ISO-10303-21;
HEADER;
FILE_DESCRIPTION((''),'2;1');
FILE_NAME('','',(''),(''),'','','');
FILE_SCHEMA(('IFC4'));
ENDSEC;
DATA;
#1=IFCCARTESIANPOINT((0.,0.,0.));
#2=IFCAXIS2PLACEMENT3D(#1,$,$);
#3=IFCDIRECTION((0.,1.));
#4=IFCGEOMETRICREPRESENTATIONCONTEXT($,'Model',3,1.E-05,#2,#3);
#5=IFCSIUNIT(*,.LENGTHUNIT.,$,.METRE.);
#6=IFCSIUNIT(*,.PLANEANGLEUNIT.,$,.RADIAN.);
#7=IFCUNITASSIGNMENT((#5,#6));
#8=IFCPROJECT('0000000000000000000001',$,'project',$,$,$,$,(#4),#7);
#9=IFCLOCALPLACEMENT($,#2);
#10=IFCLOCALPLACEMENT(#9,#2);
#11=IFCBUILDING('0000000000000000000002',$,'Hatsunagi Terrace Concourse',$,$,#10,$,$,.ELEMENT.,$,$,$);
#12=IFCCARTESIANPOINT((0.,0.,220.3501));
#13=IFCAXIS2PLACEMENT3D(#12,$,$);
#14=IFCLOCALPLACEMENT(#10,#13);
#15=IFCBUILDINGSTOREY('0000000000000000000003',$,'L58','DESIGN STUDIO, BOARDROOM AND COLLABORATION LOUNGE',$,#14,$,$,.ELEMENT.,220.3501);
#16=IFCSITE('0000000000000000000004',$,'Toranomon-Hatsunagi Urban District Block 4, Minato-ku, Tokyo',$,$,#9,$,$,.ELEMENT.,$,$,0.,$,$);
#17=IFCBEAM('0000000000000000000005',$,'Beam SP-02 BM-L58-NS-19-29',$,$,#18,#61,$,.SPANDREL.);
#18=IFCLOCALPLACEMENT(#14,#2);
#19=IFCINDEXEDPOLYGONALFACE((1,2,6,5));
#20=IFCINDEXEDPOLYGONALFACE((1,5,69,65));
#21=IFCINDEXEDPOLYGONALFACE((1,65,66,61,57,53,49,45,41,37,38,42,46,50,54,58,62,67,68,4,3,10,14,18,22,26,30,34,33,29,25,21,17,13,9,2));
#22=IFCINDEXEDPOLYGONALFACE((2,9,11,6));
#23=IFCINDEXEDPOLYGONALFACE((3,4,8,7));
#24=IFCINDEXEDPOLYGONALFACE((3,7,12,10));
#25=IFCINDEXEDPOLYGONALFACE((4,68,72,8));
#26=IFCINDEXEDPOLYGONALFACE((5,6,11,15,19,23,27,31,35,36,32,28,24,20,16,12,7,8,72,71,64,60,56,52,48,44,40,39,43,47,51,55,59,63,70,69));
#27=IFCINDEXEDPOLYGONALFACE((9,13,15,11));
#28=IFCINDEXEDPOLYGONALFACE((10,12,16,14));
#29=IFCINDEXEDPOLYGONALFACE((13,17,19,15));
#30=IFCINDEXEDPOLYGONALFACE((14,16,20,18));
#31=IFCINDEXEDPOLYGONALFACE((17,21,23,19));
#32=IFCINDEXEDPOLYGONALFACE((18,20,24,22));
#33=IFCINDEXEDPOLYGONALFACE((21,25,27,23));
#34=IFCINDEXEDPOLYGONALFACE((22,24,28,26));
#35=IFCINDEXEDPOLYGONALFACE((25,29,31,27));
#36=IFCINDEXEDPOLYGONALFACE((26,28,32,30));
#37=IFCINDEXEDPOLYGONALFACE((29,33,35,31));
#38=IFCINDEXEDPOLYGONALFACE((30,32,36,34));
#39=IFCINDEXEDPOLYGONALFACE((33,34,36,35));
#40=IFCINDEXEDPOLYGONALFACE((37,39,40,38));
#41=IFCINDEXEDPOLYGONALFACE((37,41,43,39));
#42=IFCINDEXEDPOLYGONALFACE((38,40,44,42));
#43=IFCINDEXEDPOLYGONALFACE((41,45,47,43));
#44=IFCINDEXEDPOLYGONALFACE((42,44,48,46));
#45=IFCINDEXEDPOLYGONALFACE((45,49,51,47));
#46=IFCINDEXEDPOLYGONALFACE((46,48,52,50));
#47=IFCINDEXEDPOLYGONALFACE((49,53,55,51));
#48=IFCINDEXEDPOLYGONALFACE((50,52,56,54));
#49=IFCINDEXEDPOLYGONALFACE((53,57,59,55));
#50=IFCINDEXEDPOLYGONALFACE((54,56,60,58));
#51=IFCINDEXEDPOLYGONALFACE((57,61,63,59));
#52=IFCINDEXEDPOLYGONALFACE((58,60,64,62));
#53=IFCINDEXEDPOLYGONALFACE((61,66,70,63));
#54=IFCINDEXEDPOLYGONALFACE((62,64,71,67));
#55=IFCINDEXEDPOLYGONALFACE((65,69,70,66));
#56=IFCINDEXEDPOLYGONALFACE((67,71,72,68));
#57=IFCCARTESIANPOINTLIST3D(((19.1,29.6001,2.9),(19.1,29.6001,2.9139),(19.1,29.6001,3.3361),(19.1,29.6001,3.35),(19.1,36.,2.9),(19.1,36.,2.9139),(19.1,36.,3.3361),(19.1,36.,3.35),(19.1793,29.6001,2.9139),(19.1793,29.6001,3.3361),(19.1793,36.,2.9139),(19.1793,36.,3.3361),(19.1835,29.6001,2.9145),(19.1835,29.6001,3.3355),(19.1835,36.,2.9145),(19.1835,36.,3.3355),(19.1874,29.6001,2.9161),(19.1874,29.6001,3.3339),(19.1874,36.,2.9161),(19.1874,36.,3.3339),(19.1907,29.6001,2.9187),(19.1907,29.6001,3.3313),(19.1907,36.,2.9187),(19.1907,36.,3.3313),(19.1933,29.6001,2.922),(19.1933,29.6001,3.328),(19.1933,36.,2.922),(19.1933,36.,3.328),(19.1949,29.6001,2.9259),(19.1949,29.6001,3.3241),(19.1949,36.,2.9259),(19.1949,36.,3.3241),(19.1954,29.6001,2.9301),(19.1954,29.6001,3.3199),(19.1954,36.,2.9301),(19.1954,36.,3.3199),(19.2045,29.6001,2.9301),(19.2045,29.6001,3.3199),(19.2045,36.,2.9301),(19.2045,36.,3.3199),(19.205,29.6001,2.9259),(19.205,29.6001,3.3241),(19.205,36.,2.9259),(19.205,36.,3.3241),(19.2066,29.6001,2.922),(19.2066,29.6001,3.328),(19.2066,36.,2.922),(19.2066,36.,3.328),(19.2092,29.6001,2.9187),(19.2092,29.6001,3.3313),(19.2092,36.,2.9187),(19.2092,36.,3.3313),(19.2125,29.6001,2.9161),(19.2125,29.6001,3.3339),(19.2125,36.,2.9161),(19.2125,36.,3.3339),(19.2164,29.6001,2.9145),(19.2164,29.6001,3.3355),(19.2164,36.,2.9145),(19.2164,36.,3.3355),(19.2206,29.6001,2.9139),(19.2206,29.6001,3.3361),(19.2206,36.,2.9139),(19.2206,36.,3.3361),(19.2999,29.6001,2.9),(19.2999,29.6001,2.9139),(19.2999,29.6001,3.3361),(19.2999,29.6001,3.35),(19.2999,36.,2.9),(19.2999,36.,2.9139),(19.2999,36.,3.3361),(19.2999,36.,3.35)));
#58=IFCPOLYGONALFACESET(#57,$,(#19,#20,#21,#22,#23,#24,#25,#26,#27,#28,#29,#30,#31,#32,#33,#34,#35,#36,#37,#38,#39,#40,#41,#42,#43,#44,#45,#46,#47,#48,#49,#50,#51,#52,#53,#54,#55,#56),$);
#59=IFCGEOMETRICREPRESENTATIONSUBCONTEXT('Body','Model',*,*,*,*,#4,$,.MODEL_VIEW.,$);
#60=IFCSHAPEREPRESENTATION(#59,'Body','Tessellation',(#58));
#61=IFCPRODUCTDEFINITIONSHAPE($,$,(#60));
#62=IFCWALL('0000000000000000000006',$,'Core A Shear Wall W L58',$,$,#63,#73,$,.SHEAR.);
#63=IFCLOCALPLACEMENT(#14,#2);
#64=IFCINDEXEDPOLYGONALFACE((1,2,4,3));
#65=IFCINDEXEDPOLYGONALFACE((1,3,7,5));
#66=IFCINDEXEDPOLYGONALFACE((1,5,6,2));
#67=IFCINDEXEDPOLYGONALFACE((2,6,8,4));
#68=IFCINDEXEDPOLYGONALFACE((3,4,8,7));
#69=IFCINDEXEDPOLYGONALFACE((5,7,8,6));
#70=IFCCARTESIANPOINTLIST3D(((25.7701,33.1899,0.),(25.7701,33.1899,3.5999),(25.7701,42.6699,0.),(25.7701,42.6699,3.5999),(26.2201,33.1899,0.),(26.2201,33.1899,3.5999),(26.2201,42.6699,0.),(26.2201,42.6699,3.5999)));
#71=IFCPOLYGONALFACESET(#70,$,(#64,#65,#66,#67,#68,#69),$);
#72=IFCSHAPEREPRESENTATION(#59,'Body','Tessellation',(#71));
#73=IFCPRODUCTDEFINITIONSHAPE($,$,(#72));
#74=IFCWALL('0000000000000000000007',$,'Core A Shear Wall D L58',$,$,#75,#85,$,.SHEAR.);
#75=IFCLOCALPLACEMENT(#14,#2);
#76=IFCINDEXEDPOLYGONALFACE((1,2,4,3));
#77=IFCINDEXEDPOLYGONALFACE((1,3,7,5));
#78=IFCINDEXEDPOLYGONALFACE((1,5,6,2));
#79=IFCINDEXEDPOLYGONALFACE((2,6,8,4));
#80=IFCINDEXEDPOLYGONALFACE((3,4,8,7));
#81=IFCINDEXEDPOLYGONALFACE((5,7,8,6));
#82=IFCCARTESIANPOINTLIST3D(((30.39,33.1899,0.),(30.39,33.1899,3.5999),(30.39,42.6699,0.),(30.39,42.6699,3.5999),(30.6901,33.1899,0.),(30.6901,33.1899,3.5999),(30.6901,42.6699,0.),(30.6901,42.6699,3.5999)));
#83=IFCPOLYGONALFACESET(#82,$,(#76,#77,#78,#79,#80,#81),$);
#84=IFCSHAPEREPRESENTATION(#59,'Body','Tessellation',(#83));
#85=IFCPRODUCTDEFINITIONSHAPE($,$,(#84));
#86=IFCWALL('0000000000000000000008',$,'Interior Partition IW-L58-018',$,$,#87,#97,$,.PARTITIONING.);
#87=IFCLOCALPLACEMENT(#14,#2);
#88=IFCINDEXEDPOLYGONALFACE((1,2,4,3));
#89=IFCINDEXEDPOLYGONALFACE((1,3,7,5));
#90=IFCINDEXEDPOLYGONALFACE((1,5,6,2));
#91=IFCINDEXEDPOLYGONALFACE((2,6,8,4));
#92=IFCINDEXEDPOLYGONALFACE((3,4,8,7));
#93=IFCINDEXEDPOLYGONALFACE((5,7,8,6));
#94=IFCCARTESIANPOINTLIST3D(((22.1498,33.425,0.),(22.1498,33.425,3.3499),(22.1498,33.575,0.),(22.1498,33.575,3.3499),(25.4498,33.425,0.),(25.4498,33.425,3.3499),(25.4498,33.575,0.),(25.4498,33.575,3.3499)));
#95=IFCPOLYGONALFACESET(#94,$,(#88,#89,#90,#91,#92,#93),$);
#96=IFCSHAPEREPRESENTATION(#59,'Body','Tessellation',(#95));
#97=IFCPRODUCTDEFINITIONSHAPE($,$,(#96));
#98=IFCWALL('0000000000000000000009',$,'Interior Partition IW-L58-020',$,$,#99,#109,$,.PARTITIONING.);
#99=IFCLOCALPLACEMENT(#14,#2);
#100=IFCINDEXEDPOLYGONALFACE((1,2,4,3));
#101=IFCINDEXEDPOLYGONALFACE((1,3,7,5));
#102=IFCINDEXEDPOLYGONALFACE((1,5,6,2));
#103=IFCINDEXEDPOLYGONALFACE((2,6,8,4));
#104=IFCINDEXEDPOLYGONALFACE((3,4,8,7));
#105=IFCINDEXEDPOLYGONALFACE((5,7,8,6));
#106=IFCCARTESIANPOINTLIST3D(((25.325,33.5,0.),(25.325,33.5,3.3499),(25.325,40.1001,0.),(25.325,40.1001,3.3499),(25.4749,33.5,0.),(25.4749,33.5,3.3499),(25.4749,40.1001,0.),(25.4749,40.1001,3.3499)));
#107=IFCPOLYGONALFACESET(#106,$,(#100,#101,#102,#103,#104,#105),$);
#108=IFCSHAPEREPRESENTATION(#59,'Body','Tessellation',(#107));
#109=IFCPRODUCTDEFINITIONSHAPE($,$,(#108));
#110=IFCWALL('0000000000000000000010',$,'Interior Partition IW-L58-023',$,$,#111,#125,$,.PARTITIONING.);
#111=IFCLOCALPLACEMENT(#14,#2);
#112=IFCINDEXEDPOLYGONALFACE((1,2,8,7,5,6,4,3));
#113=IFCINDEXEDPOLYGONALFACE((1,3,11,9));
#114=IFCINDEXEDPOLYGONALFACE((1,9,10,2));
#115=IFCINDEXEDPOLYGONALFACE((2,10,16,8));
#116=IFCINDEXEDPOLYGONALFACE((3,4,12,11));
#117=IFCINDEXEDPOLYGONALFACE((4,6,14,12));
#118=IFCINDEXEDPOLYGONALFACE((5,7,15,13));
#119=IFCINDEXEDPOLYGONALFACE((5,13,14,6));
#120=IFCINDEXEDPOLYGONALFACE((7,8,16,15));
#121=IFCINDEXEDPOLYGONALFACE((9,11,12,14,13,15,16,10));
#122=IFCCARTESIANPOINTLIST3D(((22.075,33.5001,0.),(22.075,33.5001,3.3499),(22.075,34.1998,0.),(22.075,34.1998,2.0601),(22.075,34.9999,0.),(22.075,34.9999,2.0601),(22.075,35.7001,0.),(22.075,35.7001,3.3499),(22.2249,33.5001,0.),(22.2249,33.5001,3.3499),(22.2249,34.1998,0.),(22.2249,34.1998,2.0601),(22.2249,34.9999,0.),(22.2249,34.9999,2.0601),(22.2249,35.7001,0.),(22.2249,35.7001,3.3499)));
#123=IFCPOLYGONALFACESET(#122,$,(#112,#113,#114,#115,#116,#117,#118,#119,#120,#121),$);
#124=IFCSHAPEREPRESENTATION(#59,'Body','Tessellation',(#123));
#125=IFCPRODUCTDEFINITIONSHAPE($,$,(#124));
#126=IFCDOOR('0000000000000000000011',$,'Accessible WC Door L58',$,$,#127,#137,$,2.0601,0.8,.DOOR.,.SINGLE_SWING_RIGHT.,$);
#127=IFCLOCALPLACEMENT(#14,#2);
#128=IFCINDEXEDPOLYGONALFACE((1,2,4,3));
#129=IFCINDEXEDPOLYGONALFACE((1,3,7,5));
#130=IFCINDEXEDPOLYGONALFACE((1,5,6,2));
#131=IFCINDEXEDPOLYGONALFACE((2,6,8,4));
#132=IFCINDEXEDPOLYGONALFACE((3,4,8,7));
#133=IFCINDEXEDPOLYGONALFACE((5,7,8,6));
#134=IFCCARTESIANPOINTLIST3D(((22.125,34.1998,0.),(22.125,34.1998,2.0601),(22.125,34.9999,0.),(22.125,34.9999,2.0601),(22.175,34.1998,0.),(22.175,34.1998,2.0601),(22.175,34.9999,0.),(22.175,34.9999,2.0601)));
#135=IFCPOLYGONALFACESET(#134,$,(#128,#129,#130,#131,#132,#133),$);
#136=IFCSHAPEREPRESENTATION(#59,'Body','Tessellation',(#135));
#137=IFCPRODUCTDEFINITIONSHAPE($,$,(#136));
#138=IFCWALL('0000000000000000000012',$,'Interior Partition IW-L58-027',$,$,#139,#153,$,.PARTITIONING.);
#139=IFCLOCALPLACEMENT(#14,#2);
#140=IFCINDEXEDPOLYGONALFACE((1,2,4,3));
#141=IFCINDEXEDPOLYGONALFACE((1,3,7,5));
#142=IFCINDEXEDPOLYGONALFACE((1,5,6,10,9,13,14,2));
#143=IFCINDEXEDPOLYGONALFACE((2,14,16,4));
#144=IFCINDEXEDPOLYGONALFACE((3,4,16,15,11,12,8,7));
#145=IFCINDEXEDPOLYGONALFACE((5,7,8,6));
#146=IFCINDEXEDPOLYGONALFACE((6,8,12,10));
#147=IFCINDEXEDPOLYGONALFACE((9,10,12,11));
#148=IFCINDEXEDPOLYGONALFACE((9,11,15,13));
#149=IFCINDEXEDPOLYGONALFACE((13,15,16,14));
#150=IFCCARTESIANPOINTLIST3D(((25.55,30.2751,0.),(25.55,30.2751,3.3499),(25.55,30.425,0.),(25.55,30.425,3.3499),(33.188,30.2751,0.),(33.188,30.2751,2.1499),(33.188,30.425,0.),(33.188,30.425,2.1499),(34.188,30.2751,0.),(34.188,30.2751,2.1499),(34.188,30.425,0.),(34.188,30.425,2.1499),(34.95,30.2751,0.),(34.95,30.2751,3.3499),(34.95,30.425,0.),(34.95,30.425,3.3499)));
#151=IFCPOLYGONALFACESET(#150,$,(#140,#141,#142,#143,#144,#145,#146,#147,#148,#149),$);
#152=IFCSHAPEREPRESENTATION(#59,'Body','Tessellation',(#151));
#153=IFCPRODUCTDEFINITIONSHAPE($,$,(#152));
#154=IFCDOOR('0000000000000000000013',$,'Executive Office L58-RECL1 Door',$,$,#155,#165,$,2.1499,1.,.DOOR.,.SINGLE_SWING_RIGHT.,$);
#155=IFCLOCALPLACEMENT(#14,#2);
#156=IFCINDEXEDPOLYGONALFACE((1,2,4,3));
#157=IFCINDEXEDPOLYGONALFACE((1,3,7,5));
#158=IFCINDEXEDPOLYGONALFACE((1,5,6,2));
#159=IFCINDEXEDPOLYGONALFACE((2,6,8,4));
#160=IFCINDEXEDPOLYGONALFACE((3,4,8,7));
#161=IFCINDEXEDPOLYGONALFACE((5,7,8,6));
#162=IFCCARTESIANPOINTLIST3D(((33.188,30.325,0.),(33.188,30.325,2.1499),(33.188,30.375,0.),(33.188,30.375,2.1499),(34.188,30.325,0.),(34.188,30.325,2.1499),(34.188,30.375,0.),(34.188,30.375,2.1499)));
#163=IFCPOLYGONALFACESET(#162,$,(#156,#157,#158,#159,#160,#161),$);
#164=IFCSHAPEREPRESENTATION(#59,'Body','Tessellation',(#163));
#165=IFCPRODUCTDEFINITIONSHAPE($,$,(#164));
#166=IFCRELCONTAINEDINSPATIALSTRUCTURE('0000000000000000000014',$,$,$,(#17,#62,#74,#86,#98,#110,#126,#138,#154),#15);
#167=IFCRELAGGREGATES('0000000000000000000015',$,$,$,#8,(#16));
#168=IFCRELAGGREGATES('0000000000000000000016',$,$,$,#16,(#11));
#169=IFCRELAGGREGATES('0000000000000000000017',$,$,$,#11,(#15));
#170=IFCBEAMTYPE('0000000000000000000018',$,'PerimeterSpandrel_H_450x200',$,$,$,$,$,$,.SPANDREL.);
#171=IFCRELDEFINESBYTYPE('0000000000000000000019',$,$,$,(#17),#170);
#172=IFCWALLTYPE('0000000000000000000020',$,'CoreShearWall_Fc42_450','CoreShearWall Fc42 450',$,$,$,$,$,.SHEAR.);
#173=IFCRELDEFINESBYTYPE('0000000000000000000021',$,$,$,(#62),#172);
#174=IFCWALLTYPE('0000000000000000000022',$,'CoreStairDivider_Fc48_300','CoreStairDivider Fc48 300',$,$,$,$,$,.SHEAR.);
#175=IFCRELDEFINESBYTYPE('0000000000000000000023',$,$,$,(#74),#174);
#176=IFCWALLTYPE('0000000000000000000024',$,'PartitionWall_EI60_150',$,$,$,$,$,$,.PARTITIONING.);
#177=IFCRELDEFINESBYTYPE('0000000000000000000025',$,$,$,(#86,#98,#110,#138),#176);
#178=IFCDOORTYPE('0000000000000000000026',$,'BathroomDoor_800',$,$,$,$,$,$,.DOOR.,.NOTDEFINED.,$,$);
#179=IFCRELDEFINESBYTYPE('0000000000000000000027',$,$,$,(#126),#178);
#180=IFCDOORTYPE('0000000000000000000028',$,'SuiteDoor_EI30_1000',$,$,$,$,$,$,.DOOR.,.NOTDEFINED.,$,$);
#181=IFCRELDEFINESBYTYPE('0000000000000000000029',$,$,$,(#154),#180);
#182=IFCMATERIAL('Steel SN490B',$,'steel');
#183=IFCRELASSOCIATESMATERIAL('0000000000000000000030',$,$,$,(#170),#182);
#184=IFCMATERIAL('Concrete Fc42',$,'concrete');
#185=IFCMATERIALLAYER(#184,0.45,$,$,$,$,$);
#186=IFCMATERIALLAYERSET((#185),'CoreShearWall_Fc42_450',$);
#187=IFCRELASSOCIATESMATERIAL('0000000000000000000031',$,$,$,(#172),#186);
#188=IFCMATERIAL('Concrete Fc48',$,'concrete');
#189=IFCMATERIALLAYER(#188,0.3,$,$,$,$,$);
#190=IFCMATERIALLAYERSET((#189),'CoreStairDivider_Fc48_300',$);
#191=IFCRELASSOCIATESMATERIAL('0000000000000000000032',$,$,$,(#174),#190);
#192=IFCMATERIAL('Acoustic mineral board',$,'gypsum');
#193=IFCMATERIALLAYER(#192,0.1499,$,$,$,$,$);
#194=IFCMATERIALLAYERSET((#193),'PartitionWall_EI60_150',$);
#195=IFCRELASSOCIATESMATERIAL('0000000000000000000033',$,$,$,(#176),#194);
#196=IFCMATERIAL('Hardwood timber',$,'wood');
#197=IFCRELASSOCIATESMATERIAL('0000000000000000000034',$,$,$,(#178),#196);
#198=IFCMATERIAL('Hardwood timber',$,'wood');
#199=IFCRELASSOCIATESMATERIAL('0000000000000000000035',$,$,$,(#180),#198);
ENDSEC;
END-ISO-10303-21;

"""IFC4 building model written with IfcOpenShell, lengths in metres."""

from ifc_helpers import new_model, si_unit, direction, frame, frame_2d, origin, origin_2d, place, context, subcontext, project, spatial, rectangle, i_section, extrude, material, layer, layer_set, material_profile, profile_set, type_object, element, fill, save


model = new_model("IFC4")

# Units and contexts
model_context = context("Model", 3, precision=1e-05, world=origin(), true_north=direction((0.0, 1.0)))
body_context = subcontext(model_context, "Body", "Model", "MODEL_VIEW")
ifc_project = project(units=[si_unit("LENGTHUNIT", "METRE"), si_unit("PLANEANGLEUNIT", "RADIAN")], contexts=[model_context])

# Site, building, storey
site_placement = place(None, origin())
site = spatial("IfcSite", under=ifc_project, at=site_placement, Name="Toranomon-Hatsunagi Urban District Block 4, Minato-ku, Tokyo", CompositionType="ELEMENT", RefElevation=0.0)
building_placement = place(site_placement, origin())
building = spatial("IfcBuilding", under=site, at=building_placement, Name="Hatsunagi Terrace Concourse", CompositionType="ELEMENT")
storey_placement = place(building_placement, frame((0.0, 0.0, 220.3501)))
storey = spatial("IfcBuildingStorey", under=building, at=storey_placement, Name="L58", Description="DESIGN STUDIO, BOARDROOM AND COLLABORATION LOUNGE", CompositionType="ELEMENT", Elevation=220.3501)

# Beam
ifc_material_1 = material(Name="Steel SN490B", Category="steel")
ifc_material_profile_1 = material_profile(ifc_material_1, i_section(OverallWidth=0.2, OverallDepth=0.45, WebThickness=0.009, FlangeThickness=0.0139, FilletRadius=0.0161, at=origin_2d()), Name="H-450x200x9x14")
ifc_profile_set_1 = profile_set([ifc_material_profile_1], Name="Steel SN490B")
beam_type_1 = type_object("IfcBeamType", Name="PerimeterSpandrel_H_450x200", PredefinedType="SPANDREL", material=ifc_profile_set_1)
beam_placement = place(storey_placement, frame((19.2, 29.6001, 3.125), z_axis=(0.0, 1.0, 0.0), x_axis=(-1.0, 0.0, 0.0)))
element("IfcBeam", 1, at=beam_placement, inside=storey, type_object=beam_type_1, Name="Beam SP-02 BM-L58-NS-19-29", PredefinedType="SPANDREL", context=body_context, shape_type="SweptSolid", body=[
    extrude(i_section(OverallWidth=0.2, OverallDepth=0.45, WebThickness=0.009, FlangeThickness=0.0139, FilletRadius=0.0161, at=origin_2d()), origin(), (0.0, 0.0, 1.0), 6.3999),
])

# Shared definitions
ifc_material_2 = material(Name="Concrete Fc42", Category="concrete")
ifc_layer_1 = layer(ifc_material_2, 0.45)
ifc_layer_set_1 = layer_set([ifc_layer_1], Name="CoreShearWall_Fc42_450")
wall_type_1 = type_object("IfcWallType", Name="CoreShearWall_Fc42_450", Description="CoreShearWall Fc42 450", PredefinedType="SHEAR", material=ifc_layer_set_1)

# Walls
wall_1_placement = place(storey_placement, frame((25.9951, 33.1899, 0.0), z_axis=(0.0, 0.0, 1.0), x_axis=(0.0, 1.0, 0.0)))
element("IfcWall", 2, at=wall_1_placement, inside=storey, type_object=wall_type_1, Name="Core A Shear Wall W L58", PredefinedType="SHEAR", context=body_context, shape_type="SweptSolid", body=[
    extrude(rectangle(XDim=9.48, YDim=0.45, at=frame_2d((4.74, 0.0))), origin(), (0.0, 0.0, 1.0), 3.5999),
])
ifc_material_3 = material(Name="Concrete Fc48", Category="concrete")
ifc_layer_2 = layer(ifc_material_3, 0.3)
ifc_layer_set_2 = layer_set([ifc_layer_2], Name="CoreStairDivider_Fc48_300")
wall_type_2 = type_object("IfcWallType", Name="CoreStairDivider_Fc48_300", Description="CoreStairDivider Fc48 300", PredefinedType="SHEAR", material=ifc_layer_set_2)
wall_2_placement = place(storey_placement, frame((30.54, 33.1899, 0.0), z_axis=(0.0, 0.0, 1.0), x_axis=(0.0, 1.0, 0.0)))
element("IfcWall", 3, at=wall_2_placement, inside=storey, type_object=wall_type_2, Name="Core A Shear Wall D L58", PredefinedType="SHEAR", context=body_context, shape_type="SweptSolid", body=[
    extrude(rectangle(XDim=9.48, YDim=0.3, at=frame_2d((4.74, 0.0))), origin(), (0.0, 0.0, 1.0), 3.5999),
])
ifc_material_4 = material(Name="Acoustic mineral board", Category="gypsum")
ifc_layer_3 = layer(ifc_material_4, 0.1499)
ifc_layer_set_3 = layer_set([ifc_layer_3], Name="PartitionWall_EI60_150")
wall_type_3 = type_object("IfcWallType", Name="PartitionWall_EI60_150", PredefinedType="PARTITIONING", material=ifc_layer_set_3)
wall_3_placement = place(storey_placement, frame((22.1499, 33.5, 0.0), z_axis=(0.0, 0.0, 1.0), x_axis=(1.0, 0.0, 0.0)))
element("IfcWall", 4, at=wall_3_placement, inside=storey, type_object=wall_type_3, Name="Interior Partition IW-L58-018", PredefinedType="PARTITIONING", context=body_context, shape_type="SweptSolid", body=[
    extrude(rectangle(XDim=3.3, YDim=0.1499, at=frame_2d((1.6499, 0.0))), origin(), (0.0, 0.0, 1.0), 3.3499),
])
wall_4_placement = place(storey_placement, frame((25.3999, 33.5, 0.0), z_axis=(0.0, 0.0, 1.0), x_axis=(0.0, 1.0, 0.0)))
element("IfcWall", 5, at=wall_4_placement, inside=storey, type_object=wall_type_3, Name="Interior Partition IW-L58-020", PredefinedType="PARTITIONING", context=body_context, shape_type="SweptSolid", body=[
    extrude(rectangle(XDim=6.6001, YDim=0.1499, at=frame_2d((3.3, 0.0))), origin(), (0.0, 0.0, 1.0), 3.3499),
])

# Walls, openings, doors
wall_5_placement = place(storey_placement, frame((22.1499, 33.5, 0.0), z_axis=(0.0, 0.0, 1.0), x_axis=(0.0, 1.0, 0.0)))
wall_5 = element("IfcWall", 6, at=wall_5_placement, inside=storey, type_object=wall_type_3, Name="Interior Partition IW-L58-023", PredefinedType="PARTITIONING", context=body_context, shape_type="SweptSolid", body=[
    extrude(rectangle(XDim=2.2, YDim=0.1499, at=frame_2d((1.1001, 0.0))), origin(), (0.0, 0.0, 1.0), 3.3499),
])
opening_1_placement = place(wall_5_placement, frame((0.7, 0.0, 0.0)))
opening_1 = element("IfcOpeningElement", 7, at=opening_1_placement, cuts=wall_5, PredefinedType="OPENING", context=body_context, shape_type="SweptSolid", body=[
    extrude(rectangle(XDim=0.8, YDim=2.0601, at=frame_2d((0.3999, 1.03))), frame((0.0, 0.085, 0.0), z_axis=(0.0, -1.0, 0.0), x_axis=(1.0, 0.0, 0.0)), (0.0, 0.0, 1.0), 0.1699),
])
ifc_material_5 = material(Name="Hardwood timber", Category="wood")
door_type_1 = type_object("IfcDoorType", Name="BathroomDoor_800", OperationType="NOTDEFINED", PredefinedType="DOOR", material=ifc_material_5)
door_1_placement = place(opening_1_placement, origin())
door_1 = element("IfcDoor", 8, at=door_1_placement, inside=storey, type_object=door_type_1, Name="Accessible WC Door L58", OperationType="SINGLE_SWING_RIGHT", OverallHeight=2.0601, OverallWidth=0.8, PredefinedType="DOOR", context=body_context, shape_type="SweptSolid", body=[
    extrude(rectangle(XDim=0.8, YDim=2.0601, at=frame_2d((0.3999, 1.03))), frame((0.0, 0.0249, 0.0), z_axis=(0.0, -1.0, 0.0), x_axis=(1.0, 0.0, 0.0)), (0.0, 0.0, 1.0), 0.05),
])
fill(opening_1, door_1)
wall_6_placement = place(storey_placement, frame((25.55, 30.3501, 0.0), z_axis=(0.0, 0.0, 1.0), x_axis=(1.0, 0.0, 0.0)))
wall_6 = element("IfcWall", 9, at=wall_6_placement, inside=storey, type_object=wall_type_3, Name="Interior Partition IW-L58-027", PredefinedType="PARTITIONING", context=body_context, shape_type="SweptSolid", body=[
    extrude(rectangle(XDim=9.3999, YDim=0.1499, at=frame_2d((4.7, 0.0))), origin(), (0.0, 0.0, 1.0), 3.3499),
])
opening_2_placement = place(wall_6_placement, frame((7.6379, 0.0, 0.0)))
opening_2 = element("IfcOpeningElement", 10, at=opening_2_placement, cuts=wall_6, PredefinedType="OPENING", context=body_context, shape_type="SweptSolid", body=[
    extrude(rectangle(XDim=1.0, YDim=2.1499, at=frame_2d((0.5, 1.075))), frame((0.0, 0.085, 0.0), z_axis=(0.0, -1.0, 0.0), x_axis=(1.0, 0.0, 0.0)), (0.0, 0.0, 1.0), 0.1699),
])
ifc_material_6 = material(Name="Hardwood timber", Category="wood")
door_type_2 = type_object("IfcDoorType", Name="SuiteDoor_EI30_1000", OperationType="NOTDEFINED", PredefinedType="DOOR", material=ifc_material_6)
door_2_placement = place(opening_2_placement, origin())
door_2 = element("IfcDoor", 11, at=door_2_placement, inside=storey, type_object=door_type_2, Name="Executive Office L58-RECL1 Door", OperationType="SINGLE_SWING_RIGHT", OverallHeight=2.1499, OverallWidth=1.0, PredefinedType="DOOR", context=body_context, shape_type="SweptSolid", body=[
    extrude(rectangle(XDim=1.0, YDim=2.1499, at=frame_2d((0.5, 1.075))), frame((0.0, 0.0249, 0.0), z_axis=(0.0, -1.0, 0.0), x_axis=(1.0, 0.0, 0.0)), (0.0, 0.0, 1.0), 0.05),
])
fill(opening_2, door_2)

save(model, "model.ifc")
